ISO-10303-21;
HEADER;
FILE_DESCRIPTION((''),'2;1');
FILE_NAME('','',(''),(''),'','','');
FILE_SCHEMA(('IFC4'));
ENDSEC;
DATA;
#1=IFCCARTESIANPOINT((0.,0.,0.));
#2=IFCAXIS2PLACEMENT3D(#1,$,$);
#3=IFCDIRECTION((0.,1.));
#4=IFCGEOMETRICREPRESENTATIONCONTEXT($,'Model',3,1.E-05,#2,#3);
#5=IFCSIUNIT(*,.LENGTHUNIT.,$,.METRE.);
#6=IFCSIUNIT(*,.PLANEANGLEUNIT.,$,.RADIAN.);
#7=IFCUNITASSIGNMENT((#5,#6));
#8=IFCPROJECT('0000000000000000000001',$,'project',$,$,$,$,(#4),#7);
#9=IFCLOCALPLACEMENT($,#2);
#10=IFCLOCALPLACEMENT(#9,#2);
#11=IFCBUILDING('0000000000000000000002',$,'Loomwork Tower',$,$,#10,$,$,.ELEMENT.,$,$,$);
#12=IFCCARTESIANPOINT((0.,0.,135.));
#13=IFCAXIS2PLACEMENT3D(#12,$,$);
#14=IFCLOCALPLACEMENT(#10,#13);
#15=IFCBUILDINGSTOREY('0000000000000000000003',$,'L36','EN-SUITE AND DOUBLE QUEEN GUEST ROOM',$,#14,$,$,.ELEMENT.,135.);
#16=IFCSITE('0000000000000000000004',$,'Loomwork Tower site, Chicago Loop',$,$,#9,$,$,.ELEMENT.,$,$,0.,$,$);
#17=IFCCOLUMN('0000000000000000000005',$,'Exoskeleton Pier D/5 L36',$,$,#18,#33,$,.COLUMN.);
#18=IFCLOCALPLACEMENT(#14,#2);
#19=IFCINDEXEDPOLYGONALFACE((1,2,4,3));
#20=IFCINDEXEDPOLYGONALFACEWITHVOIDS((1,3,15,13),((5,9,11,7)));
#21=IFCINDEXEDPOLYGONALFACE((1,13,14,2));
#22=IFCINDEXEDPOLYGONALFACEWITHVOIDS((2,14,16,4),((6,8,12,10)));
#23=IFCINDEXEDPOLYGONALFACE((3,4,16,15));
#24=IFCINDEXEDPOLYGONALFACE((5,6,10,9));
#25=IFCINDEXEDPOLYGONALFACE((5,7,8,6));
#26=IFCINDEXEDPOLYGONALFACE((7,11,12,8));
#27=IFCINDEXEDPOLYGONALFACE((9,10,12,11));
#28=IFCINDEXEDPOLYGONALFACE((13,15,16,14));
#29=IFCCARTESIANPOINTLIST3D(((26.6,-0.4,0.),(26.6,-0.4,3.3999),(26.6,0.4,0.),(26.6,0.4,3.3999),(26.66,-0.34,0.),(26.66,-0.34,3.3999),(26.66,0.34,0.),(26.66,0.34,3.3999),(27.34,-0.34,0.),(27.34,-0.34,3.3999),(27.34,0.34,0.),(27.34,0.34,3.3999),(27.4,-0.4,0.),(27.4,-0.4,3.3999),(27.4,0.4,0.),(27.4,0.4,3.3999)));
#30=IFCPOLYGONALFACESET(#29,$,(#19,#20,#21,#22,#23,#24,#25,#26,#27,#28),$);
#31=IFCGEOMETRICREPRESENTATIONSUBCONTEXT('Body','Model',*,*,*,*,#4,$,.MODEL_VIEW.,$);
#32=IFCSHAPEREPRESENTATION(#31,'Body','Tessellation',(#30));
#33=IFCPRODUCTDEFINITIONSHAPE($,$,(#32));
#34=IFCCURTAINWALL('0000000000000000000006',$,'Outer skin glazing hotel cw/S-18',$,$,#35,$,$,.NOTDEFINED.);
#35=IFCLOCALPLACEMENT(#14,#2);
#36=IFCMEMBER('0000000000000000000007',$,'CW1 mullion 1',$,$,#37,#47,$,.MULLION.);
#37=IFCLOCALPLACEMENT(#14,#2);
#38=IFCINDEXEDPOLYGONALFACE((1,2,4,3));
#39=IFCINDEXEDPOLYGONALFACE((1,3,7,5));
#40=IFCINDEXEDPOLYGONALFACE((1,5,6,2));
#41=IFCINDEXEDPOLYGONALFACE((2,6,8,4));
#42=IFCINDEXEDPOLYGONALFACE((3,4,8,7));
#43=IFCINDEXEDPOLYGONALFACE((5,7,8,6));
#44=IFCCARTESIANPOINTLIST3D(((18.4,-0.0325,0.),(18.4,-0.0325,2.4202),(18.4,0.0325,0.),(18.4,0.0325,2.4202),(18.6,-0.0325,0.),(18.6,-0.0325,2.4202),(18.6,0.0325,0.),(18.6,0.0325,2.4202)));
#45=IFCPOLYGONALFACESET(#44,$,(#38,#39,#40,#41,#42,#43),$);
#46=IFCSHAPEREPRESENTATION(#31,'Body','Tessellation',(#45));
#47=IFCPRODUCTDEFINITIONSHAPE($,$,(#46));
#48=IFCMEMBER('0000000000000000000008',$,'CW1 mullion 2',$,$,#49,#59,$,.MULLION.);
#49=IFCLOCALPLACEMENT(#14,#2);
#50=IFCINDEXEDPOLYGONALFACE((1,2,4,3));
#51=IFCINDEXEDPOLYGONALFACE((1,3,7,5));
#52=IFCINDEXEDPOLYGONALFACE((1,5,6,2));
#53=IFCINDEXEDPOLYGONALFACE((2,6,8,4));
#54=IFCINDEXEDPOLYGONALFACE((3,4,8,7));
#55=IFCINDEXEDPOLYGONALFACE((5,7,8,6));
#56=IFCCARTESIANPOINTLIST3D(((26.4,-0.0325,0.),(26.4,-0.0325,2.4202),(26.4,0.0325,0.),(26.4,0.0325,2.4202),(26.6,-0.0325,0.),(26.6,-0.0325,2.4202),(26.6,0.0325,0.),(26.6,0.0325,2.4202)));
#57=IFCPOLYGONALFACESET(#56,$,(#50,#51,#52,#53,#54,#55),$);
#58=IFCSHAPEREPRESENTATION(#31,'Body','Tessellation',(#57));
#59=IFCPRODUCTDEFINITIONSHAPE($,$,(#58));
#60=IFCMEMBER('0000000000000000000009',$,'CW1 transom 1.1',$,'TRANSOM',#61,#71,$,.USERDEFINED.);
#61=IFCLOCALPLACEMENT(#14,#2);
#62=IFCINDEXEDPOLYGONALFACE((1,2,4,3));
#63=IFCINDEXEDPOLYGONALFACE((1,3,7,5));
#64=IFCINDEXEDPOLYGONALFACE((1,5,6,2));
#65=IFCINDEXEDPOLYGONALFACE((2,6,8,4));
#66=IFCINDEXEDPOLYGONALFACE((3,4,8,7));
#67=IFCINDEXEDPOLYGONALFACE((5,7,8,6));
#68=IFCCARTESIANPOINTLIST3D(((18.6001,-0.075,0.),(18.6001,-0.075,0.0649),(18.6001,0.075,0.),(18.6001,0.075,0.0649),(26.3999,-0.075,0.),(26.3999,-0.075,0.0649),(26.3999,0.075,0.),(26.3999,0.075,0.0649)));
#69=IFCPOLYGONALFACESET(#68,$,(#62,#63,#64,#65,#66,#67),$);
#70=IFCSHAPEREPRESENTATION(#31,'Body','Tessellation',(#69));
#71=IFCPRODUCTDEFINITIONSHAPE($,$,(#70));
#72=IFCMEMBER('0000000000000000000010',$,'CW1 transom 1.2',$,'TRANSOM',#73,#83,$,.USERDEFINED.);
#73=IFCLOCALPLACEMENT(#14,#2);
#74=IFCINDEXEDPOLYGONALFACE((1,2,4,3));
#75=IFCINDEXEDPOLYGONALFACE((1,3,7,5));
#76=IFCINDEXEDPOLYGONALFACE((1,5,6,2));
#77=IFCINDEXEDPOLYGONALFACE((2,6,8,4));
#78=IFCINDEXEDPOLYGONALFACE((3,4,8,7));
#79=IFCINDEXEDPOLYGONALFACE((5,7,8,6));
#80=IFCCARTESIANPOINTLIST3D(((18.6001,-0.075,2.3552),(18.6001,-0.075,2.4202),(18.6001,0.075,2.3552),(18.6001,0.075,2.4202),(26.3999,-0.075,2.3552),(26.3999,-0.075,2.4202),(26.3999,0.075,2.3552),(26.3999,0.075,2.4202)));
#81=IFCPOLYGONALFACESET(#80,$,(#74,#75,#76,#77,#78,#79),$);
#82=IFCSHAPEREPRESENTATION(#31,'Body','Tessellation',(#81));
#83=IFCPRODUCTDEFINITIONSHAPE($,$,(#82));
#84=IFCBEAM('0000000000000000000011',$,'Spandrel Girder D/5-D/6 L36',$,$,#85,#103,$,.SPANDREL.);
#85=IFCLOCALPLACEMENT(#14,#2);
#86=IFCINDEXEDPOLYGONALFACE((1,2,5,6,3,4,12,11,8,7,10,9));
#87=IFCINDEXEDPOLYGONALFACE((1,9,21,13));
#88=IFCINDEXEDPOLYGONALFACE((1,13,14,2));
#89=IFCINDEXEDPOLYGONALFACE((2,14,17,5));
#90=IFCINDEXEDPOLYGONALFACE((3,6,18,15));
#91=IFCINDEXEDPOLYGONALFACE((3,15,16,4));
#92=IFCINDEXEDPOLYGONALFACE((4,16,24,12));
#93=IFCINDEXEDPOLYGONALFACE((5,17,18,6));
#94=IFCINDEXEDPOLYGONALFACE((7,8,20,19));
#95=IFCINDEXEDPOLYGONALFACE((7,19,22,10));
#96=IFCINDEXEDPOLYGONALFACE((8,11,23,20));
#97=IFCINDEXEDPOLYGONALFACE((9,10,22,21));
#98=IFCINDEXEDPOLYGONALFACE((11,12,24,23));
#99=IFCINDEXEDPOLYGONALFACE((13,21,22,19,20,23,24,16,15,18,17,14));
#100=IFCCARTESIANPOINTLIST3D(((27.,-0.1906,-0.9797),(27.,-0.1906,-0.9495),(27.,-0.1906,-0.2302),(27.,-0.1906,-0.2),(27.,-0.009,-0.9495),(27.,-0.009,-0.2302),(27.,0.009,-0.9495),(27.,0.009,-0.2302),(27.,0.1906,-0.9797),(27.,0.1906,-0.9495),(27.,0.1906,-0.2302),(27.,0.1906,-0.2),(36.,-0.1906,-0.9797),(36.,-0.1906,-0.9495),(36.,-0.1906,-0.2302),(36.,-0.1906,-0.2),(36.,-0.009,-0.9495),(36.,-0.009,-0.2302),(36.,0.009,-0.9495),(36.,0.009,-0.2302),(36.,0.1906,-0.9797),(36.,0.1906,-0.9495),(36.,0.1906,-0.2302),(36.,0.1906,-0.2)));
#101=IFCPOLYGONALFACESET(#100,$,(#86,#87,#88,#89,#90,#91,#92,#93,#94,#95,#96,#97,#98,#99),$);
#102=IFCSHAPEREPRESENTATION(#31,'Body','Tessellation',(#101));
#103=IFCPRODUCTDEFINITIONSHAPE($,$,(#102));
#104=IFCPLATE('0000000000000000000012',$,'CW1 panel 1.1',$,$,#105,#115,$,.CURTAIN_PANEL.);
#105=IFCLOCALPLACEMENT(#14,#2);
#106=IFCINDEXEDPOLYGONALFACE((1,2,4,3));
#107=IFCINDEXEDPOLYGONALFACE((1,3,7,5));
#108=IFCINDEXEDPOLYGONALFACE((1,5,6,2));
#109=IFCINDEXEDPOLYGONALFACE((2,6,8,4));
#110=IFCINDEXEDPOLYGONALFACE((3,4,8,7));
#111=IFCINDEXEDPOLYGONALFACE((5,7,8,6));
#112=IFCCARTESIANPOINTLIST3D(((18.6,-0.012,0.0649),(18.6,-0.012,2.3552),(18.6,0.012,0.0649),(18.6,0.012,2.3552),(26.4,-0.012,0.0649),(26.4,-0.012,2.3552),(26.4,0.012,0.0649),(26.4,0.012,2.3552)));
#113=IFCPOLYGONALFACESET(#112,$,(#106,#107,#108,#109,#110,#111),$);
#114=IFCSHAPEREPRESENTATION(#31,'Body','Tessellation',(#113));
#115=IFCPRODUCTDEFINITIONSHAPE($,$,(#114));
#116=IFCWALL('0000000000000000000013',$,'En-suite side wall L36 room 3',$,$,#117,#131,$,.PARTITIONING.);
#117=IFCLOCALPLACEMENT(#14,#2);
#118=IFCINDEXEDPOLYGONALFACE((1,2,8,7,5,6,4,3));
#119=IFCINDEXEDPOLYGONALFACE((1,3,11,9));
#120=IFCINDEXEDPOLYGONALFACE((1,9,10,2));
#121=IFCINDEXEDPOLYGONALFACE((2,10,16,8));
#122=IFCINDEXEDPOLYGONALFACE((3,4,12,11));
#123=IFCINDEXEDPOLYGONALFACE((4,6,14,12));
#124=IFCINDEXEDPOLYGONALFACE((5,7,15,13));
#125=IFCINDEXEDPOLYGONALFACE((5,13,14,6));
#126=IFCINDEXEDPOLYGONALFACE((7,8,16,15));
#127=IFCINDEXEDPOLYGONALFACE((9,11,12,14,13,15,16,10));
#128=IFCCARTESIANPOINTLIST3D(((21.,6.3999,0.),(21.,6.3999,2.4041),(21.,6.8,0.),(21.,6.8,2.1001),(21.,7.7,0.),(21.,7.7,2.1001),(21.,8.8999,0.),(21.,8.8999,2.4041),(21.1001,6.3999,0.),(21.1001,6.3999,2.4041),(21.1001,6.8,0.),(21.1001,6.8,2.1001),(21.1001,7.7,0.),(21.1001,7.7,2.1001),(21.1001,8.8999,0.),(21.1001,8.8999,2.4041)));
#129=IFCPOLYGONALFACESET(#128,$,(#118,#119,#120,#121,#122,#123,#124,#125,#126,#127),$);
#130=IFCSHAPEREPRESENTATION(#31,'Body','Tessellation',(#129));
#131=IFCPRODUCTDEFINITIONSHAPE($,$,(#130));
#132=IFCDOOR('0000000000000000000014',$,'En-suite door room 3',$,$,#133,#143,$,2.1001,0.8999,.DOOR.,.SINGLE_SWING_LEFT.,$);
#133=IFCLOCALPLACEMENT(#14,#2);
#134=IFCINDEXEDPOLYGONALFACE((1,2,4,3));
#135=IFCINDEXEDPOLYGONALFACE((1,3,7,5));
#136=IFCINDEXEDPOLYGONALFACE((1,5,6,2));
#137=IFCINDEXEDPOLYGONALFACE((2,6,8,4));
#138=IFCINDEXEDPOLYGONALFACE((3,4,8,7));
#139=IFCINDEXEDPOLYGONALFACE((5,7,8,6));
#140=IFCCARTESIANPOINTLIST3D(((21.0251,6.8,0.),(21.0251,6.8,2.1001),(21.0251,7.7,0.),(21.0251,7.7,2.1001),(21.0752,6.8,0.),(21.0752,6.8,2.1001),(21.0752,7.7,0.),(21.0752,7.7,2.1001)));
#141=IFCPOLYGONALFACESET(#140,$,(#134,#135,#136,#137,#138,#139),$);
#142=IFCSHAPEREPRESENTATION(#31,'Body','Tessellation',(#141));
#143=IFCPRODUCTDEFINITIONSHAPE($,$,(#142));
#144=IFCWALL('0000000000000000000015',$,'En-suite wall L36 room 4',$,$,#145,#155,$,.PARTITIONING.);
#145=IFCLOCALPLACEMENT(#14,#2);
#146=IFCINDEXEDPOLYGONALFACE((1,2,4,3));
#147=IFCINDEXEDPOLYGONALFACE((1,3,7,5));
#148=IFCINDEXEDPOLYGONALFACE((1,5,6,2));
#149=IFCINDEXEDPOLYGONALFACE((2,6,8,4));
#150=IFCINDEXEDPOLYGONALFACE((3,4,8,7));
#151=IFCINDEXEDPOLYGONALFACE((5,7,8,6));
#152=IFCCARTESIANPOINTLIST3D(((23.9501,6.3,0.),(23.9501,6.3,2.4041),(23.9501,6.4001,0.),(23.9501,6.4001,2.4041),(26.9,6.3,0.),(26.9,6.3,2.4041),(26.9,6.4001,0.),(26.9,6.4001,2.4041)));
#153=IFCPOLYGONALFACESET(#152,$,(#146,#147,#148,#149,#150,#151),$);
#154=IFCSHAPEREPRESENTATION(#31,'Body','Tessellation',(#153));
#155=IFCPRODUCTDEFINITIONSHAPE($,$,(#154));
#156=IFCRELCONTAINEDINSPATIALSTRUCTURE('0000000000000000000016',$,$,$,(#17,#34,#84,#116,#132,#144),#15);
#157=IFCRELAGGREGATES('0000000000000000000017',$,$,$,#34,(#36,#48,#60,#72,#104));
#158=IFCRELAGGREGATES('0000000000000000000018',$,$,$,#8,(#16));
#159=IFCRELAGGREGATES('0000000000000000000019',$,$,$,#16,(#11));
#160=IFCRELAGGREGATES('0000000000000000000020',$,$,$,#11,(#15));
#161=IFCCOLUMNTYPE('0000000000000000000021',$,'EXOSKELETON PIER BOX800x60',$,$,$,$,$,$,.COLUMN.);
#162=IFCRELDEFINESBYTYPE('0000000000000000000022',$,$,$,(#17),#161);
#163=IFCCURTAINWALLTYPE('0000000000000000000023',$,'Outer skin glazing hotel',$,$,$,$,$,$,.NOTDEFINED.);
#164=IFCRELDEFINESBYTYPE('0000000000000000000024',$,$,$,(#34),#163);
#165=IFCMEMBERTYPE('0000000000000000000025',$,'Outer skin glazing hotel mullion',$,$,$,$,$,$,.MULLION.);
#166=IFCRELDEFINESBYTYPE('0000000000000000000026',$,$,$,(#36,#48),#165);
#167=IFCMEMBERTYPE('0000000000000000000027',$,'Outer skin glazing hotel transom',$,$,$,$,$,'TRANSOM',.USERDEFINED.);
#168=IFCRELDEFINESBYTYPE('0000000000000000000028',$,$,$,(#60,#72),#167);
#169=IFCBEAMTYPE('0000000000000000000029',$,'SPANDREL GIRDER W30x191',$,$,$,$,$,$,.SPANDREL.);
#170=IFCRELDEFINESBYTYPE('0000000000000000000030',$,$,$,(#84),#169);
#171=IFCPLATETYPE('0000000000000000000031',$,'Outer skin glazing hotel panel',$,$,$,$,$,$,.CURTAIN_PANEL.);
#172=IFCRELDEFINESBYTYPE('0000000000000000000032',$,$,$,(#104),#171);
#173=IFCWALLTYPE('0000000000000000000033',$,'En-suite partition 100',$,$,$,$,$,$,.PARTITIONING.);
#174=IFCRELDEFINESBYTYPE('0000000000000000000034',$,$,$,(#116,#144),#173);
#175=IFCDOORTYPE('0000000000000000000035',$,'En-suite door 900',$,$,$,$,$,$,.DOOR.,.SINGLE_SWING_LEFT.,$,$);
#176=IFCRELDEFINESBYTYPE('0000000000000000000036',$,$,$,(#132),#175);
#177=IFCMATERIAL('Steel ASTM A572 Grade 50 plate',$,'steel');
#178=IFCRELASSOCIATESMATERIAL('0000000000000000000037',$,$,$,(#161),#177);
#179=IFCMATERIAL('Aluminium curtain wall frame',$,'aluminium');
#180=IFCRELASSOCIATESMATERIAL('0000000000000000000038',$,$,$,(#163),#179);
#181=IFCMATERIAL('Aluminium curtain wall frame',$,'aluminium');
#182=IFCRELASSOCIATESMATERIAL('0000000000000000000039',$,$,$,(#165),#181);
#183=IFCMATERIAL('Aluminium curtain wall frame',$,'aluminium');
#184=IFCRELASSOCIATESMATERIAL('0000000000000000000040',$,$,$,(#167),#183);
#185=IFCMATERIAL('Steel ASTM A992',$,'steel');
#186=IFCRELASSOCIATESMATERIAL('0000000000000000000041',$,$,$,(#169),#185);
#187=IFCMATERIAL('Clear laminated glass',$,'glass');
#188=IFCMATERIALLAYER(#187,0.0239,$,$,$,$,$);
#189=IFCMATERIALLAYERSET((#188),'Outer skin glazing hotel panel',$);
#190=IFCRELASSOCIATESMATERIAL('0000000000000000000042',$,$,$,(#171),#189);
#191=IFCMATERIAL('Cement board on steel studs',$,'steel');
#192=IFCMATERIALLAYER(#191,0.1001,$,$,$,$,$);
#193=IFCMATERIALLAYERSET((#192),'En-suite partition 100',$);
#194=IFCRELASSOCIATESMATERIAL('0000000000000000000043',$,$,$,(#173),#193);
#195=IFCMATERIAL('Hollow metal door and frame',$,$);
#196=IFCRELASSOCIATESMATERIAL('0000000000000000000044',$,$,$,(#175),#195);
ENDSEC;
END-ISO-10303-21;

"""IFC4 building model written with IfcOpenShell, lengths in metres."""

from ifc_helpers import new_model, si_unit, direction, frame, frame_2d, origin, origin_2d, place, context, subcontext, project, spatial, rectangle, hollow_rectangle, i_section, extrude, material, layer, layer_set, material_profile, profile_set, type_object, element, fill, aggregate, save


model = new_model("IFC4")

# Units and contexts
model_context = context("Model", 3, precision=1e-05, world=origin(), true_north=direction((0.0, 1.0)))
body_context = subcontext(model_context, "Body", "Model", "MODEL_VIEW")
ifc_project = project(units=[si_unit("LENGTHUNIT", "METRE"), si_unit("PLANEANGLEUNIT", "RADIAN")], contexts=[model_context])

# Site, building, storey
site_placement = place(None, origin())
site = spatial("IfcSite", under=ifc_project, at=site_placement, Name="Loomwork Tower site, Chicago Loop", CompositionType="ELEMENT", RefElevation=0.0)
building_placement = place(site_placement, origin())
building = spatial("IfcBuilding", under=site, at=building_placement, Name="Loomwork Tower", CompositionType="ELEMENT")
storey_placement = place(building_placement, frame((0.0, 0.0, 135.0)))
storey = spatial("IfcBuildingStorey", under=building, at=storey_placement, Name="L36", Description="EN-SUITE AND DOUBLE QUEEN GUEST ROOM", CompositionType="ELEMENT", Elevation=135.0)

# Column
ifc_material_1 = material(Name="Steel ASTM A572 Grade 50 plate", Category="steel")
ifc_material_profile_1 = material_profile(ifc_material_1, hollow_rectangle(XDim=0.8, YDim=0.8, WallThickness=0.0601, at=origin_2d()), Name="BOX800x60")
ifc_profile_set_1 = profile_set([ifc_material_profile_1], Name="Steel ASTM A572 Grade 50 plate")
column_type = type_object("IfcColumnType", Name="EXOSKELETON PIER BOX800x60", PredefinedType="COLUMN", material=ifc_profile_set_1)
column_placement = place(storey_placement, frame((27.0, 0.0, 0.0), z_axis=(0.0, 0.0, 1.0), x_axis=(1.0, 0.0, 0.0)))
element("IfcColumn", 1, at=column_placement, inside=storey, type_object=column_type, Name="Exoskeleton Pier D/5 L36", PredefinedType="COLUMN", context=body_context, shape_type="SweptSolid", body=[
    extrude(hollow_rectangle(XDim=0.8, YDim=0.8, WallThickness=0.0601, at=origin_2d()), origin(), (0.0, 0.0, 1.0), 3.3999),
])

# Curtain wall, members
ifc_material_2 = material(Name="Aluminium curtain wall frame", Category="aluminium")
curtain_wall_type = type_object("IfcCurtainWallType", Name="Outer skin glazing hotel", PredefinedType="NOTDEFINED", material=ifc_material_2)
curtain_wall_placement = place(storey_placement, origin())
curtain_wall = element("IfcCurtainWall", 2, at=curtain_wall_placement, inside=storey, type_object=curtain_wall_type, Name="Outer skin glazing hotel cw/S-18", PredefinedType="NOTDEFINED")
ifc_material_3 = material(Name="Aluminium curtain wall frame", Category="aluminium")
ifc_material_profile_2 = material_profile(ifc_material_3, rectangle(XDim=0.0649, YDim=0.2, at=origin_2d()), Name="AL 65x200")
ifc_profile_set_2 = profile_set([ifc_material_profile_2], Name="Aluminium curtain wall frame")
member_type_1 = type_object("IfcMemberType", Name="Outer skin glazing hotel mullion", PredefinedType="MULLION", material=ifc_profile_set_2)
member_1_placement = place(storey_placement, frame((18.5, 0.0, 0.0), z_axis=(0.0, 0.0, 1.0), x_axis=(0.0, 1.0, 0.0)))
member_1 = element("IfcMember", 3, at=member_1_placement, type_object=member_type_1, Name="CW1 mullion 1", PredefinedType="MULLION", context=body_context, shape_type="SweptSolid", body=[
    extrude(rectangle(XDim=0.0649, YDim=0.2, at=origin_2d()), origin(), (0.0, 0.0, 1.0), 2.4202),
])
member_2_placement = place(storey_placement, frame((26.5, 0.0, 0.0), z_axis=(0.0, 0.0, 1.0), x_axis=(0.0, 1.0, 0.0)))
member_2 = element("IfcMember", 4, at=member_2_placement, type_object=member_type_1, Name="CW1 mullion 2", PredefinedType="MULLION", context=body_context, shape_type="SweptSolid", body=[
    extrude(rectangle(XDim=0.0649, YDim=0.2, at=origin_2d()), origin(), (0.0, 0.0, 1.0), 2.4202),
])
ifc_material_4 = material(Name="Aluminium curtain wall frame", Category="aluminium")
ifc_material_profile_3 = material_profile(ifc_material_4, rectangle(XDim=0.1499, YDim=0.0649, at=origin_2d()), Name="AL 65x150")
ifc_profile_set_3 = profile_set([ifc_material_profile_3], Name="Aluminium curtain wall frame")
member_type_2 = type_object("IfcMemberType", Name="Outer skin glazing hotel transom", ElementType="TRANSOM", PredefinedType="USERDEFINED", material=ifc_profile_set_3)
member_3_placement = place(storey_placement, frame((18.6001, 0.0, 0.0325), z_axis=(1.0, 0.0, 0.0), x_axis=(0.0, 1.0, 0.0)))
member_3 = element("IfcMember", 5, at=member_3_placement, type_object=member_type_2, Name="CW1 transom 1.1", ObjectType="TRANSOM", PredefinedType="USERDEFINED", context=body_context, shape_type="SweptSolid", body=[
    extrude(rectangle(XDim=0.1499, YDim=0.0649, at=origin_2d()), origin(), (0.0, 0.0, 1.0), 7.7998),
])
member_4_placement = place(storey_placement, frame((18.6001, 0.0, 2.3877), z_axis=(1.0, 0.0, 0.0), x_axis=(0.0, 1.0, 0.0)))
member_4 = element("IfcMember", 6, at=member_4_placement, type_object=member_type_2, Name="CW1 transom 1.2", ObjectType="TRANSOM", PredefinedType="USERDEFINED", context=body_context, shape_type="SweptSolid", body=[
    extrude(rectangle(XDim=0.1499, YDim=0.0649, at=origin_2d()), origin(), (0.0, 0.0, 1.0), 7.7998),
])

# Beam
ifc_material_5 = material(Name="Steel ASTM A992", Category="steel")
ifc_material_profile_4 = material_profile(ifc_material_5, i_section(OverallWidth=0.3811, OverallDepth=0.7798, WebThickness=0.0181, FlangeThickness=0.0303, at=origin_2d()), Name="W30x191")
ifc_profile_set_4 = profile_set([ifc_material_profile_4], Name="Steel ASTM A992")
beam_type = type_object("IfcBeamType", Name="SPANDREL GIRDER W30x191", PredefinedType="SPANDREL", material=ifc_profile_set_4)
beam_placement = place(storey_placement, frame((27.0, 0.0, -0.5898), z_axis=(1.0, 0.0, 0.0), x_axis=(0.0, 1.0, 0.0)))
element("IfcBeam", 7, at=beam_placement, inside=storey, type_object=beam_type, Name="Spandrel Girder D/5-D/6 L36", PredefinedType="SPANDREL", context=body_context, shape_type="SweptSolid", body=[
    extrude(i_section(OverallWidth=0.3811, OverallDepth=0.7798, WebThickness=0.0181, FlangeThickness=0.0303, at=origin_2d()), origin(), (0.0, 0.0, 1.0), 9.0),
])

# Plate
ifc_material_6 = material(Name="Clear laminated glass", Category="glass")
ifc_layer_1 = layer(ifc_material_6, 0.0239)
ifc_layer_set_1 = layer_set([ifc_layer_1], Name="Outer skin glazing hotel panel")
plate_type = type_object("IfcPlateType", Name="Outer skin glazing hotel panel", PredefinedType="CURTAIN_PANEL", material=ifc_layer_set_1)
plate_placement = place(storey_placement, frame((22.5, 0.0, 0.0649), z_axis=(0.0, 0.0, 1.0), x_axis=(1.0, 0.0, 0.0)))
plate = element("IfcPlate", 8, at=plate_placement, type_object=plate_type, Name="CW1 panel 1.1", PredefinedType="CURTAIN_PANEL", context=body_context, shape_type="SweptSolid", body=[
    extrude(rectangle(XDim=7.8, YDim=0.0239, at=origin_2d()), origin(), (0.0, 0.0, 1.0), 2.2903),
])
aggregate(curtain_wall, [member_1, member_2, member_3, member_4, plate])

# Wall, opening, door
ifc_material_7 = material(Name="Cement board on steel studs", Category="steel")
ifc_layer_2 = layer(ifc_material_7, 0.1001)
ifc_layer_set_2 = layer_set([ifc_layer_2], Name="En-suite partition 100")
wall_type_1 = type_object("IfcWallType", Name="En-suite partition 100", PredefinedType="PARTITIONING", material=ifc_layer_set_2)
wall_1_placement = place(storey_placement, frame((21.05, 8.8999, 0.0), z_axis=(0.0, 0.0, 1.0), x_axis=(0.0, -1.0, 0.0)))
wall_1 = element("IfcWall", 9, at=wall_1_placement, inside=storey, type_object=wall_type_1, Name="En-suite side wall L36 room 3", PredefinedType="PARTITIONING", context=body_context, shape_type="SweptSolid", body=[
    extrude(rectangle(XDim=2.5, YDim=0.1001, at=frame_2d((1.25, 0.0))), origin(), (0.0, 0.0, 1.0), 2.4041),
])
opening_1_placement = place(wall_1_placement, frame((1.2, 0.0, 0.0)))
opening_1 = element("IfcOpeningElement", 10, at=opening_1_placement, cuts=wall_1, PredefinedType="OPENING", context=body_context, shape_type="SweptSolid", body=[
    extrude(rectangle(XDim=0.8999, YDim=2.1001, at=frame_2d((0.45, 1.05))), frame((0.0, 0.0601, 0.0), z_axis=(0.0, -1.0, 0.0), x_axis=(1.0, 0.0, 0.0)), (0.0, 0.0, 1.0), 0.1201),
])
ifc_material_8 = material(Name="Hollow metal door and frame")
door_type = type_object("IfcDoorType", Name="En-suite door 900", OperationType="SINGLE_SWING_LEFT", PredefinedType="DOOR", material=ifc_material_8)
door_1_placement = place(opening_1_placement, frame((0.8999, 0.0, 0.0), z_axis=(0.0, 0.0, 1.0), x_axis=(-1.0, 0.0, 0.0)))
door_1 = element("IfcDoor", 11, at=door_1_placement, inside=storey, type_object=door_type, Name="En-suite door room 3", OperationType="SINGLE_SWING_LEFT", OverallHeight=2.1001, OverallWidth=0.8999, PredefinedType="DOOR", context=body_context, shape_type="SweptSolid", body=[
    extrude(rectangle(XDim=0.8999, YDim=2.1001, at=frame_2d((0.45, 1.05))), frame((0.0, 0.0249, 0.0), z_axis=(0.0, -1.0, 0.0), x_axis=(1.0, 0.0, 0.0)), (0.0, 0.0, 1.0), 0.05),
])
fill(opening_1, door_1)

# Wall
wall_2_placement = place(storey_placement, frame((23.95, 6.3501, 0.0), z_axis=(0.0, 0.0, 1.0), x_axis=(1.0, 0.0, 0.0)))
element("IfcWall", 12, at=wall_2_placement, inside=storey, type_object=wall_type_1, Name="En-suite wall L36 room 4", PredefinedType="PARTITIONING", context=body_context, shape_type="SweptSolid", body=[
    extrude(rectangle(XDim=2.95, YDim=0.1001, at=frame_2d((1.4751, 0.0))), origin(), (0.0, 0.0, 1.0), 2.4041),
])

save(model, "model.ifc")
